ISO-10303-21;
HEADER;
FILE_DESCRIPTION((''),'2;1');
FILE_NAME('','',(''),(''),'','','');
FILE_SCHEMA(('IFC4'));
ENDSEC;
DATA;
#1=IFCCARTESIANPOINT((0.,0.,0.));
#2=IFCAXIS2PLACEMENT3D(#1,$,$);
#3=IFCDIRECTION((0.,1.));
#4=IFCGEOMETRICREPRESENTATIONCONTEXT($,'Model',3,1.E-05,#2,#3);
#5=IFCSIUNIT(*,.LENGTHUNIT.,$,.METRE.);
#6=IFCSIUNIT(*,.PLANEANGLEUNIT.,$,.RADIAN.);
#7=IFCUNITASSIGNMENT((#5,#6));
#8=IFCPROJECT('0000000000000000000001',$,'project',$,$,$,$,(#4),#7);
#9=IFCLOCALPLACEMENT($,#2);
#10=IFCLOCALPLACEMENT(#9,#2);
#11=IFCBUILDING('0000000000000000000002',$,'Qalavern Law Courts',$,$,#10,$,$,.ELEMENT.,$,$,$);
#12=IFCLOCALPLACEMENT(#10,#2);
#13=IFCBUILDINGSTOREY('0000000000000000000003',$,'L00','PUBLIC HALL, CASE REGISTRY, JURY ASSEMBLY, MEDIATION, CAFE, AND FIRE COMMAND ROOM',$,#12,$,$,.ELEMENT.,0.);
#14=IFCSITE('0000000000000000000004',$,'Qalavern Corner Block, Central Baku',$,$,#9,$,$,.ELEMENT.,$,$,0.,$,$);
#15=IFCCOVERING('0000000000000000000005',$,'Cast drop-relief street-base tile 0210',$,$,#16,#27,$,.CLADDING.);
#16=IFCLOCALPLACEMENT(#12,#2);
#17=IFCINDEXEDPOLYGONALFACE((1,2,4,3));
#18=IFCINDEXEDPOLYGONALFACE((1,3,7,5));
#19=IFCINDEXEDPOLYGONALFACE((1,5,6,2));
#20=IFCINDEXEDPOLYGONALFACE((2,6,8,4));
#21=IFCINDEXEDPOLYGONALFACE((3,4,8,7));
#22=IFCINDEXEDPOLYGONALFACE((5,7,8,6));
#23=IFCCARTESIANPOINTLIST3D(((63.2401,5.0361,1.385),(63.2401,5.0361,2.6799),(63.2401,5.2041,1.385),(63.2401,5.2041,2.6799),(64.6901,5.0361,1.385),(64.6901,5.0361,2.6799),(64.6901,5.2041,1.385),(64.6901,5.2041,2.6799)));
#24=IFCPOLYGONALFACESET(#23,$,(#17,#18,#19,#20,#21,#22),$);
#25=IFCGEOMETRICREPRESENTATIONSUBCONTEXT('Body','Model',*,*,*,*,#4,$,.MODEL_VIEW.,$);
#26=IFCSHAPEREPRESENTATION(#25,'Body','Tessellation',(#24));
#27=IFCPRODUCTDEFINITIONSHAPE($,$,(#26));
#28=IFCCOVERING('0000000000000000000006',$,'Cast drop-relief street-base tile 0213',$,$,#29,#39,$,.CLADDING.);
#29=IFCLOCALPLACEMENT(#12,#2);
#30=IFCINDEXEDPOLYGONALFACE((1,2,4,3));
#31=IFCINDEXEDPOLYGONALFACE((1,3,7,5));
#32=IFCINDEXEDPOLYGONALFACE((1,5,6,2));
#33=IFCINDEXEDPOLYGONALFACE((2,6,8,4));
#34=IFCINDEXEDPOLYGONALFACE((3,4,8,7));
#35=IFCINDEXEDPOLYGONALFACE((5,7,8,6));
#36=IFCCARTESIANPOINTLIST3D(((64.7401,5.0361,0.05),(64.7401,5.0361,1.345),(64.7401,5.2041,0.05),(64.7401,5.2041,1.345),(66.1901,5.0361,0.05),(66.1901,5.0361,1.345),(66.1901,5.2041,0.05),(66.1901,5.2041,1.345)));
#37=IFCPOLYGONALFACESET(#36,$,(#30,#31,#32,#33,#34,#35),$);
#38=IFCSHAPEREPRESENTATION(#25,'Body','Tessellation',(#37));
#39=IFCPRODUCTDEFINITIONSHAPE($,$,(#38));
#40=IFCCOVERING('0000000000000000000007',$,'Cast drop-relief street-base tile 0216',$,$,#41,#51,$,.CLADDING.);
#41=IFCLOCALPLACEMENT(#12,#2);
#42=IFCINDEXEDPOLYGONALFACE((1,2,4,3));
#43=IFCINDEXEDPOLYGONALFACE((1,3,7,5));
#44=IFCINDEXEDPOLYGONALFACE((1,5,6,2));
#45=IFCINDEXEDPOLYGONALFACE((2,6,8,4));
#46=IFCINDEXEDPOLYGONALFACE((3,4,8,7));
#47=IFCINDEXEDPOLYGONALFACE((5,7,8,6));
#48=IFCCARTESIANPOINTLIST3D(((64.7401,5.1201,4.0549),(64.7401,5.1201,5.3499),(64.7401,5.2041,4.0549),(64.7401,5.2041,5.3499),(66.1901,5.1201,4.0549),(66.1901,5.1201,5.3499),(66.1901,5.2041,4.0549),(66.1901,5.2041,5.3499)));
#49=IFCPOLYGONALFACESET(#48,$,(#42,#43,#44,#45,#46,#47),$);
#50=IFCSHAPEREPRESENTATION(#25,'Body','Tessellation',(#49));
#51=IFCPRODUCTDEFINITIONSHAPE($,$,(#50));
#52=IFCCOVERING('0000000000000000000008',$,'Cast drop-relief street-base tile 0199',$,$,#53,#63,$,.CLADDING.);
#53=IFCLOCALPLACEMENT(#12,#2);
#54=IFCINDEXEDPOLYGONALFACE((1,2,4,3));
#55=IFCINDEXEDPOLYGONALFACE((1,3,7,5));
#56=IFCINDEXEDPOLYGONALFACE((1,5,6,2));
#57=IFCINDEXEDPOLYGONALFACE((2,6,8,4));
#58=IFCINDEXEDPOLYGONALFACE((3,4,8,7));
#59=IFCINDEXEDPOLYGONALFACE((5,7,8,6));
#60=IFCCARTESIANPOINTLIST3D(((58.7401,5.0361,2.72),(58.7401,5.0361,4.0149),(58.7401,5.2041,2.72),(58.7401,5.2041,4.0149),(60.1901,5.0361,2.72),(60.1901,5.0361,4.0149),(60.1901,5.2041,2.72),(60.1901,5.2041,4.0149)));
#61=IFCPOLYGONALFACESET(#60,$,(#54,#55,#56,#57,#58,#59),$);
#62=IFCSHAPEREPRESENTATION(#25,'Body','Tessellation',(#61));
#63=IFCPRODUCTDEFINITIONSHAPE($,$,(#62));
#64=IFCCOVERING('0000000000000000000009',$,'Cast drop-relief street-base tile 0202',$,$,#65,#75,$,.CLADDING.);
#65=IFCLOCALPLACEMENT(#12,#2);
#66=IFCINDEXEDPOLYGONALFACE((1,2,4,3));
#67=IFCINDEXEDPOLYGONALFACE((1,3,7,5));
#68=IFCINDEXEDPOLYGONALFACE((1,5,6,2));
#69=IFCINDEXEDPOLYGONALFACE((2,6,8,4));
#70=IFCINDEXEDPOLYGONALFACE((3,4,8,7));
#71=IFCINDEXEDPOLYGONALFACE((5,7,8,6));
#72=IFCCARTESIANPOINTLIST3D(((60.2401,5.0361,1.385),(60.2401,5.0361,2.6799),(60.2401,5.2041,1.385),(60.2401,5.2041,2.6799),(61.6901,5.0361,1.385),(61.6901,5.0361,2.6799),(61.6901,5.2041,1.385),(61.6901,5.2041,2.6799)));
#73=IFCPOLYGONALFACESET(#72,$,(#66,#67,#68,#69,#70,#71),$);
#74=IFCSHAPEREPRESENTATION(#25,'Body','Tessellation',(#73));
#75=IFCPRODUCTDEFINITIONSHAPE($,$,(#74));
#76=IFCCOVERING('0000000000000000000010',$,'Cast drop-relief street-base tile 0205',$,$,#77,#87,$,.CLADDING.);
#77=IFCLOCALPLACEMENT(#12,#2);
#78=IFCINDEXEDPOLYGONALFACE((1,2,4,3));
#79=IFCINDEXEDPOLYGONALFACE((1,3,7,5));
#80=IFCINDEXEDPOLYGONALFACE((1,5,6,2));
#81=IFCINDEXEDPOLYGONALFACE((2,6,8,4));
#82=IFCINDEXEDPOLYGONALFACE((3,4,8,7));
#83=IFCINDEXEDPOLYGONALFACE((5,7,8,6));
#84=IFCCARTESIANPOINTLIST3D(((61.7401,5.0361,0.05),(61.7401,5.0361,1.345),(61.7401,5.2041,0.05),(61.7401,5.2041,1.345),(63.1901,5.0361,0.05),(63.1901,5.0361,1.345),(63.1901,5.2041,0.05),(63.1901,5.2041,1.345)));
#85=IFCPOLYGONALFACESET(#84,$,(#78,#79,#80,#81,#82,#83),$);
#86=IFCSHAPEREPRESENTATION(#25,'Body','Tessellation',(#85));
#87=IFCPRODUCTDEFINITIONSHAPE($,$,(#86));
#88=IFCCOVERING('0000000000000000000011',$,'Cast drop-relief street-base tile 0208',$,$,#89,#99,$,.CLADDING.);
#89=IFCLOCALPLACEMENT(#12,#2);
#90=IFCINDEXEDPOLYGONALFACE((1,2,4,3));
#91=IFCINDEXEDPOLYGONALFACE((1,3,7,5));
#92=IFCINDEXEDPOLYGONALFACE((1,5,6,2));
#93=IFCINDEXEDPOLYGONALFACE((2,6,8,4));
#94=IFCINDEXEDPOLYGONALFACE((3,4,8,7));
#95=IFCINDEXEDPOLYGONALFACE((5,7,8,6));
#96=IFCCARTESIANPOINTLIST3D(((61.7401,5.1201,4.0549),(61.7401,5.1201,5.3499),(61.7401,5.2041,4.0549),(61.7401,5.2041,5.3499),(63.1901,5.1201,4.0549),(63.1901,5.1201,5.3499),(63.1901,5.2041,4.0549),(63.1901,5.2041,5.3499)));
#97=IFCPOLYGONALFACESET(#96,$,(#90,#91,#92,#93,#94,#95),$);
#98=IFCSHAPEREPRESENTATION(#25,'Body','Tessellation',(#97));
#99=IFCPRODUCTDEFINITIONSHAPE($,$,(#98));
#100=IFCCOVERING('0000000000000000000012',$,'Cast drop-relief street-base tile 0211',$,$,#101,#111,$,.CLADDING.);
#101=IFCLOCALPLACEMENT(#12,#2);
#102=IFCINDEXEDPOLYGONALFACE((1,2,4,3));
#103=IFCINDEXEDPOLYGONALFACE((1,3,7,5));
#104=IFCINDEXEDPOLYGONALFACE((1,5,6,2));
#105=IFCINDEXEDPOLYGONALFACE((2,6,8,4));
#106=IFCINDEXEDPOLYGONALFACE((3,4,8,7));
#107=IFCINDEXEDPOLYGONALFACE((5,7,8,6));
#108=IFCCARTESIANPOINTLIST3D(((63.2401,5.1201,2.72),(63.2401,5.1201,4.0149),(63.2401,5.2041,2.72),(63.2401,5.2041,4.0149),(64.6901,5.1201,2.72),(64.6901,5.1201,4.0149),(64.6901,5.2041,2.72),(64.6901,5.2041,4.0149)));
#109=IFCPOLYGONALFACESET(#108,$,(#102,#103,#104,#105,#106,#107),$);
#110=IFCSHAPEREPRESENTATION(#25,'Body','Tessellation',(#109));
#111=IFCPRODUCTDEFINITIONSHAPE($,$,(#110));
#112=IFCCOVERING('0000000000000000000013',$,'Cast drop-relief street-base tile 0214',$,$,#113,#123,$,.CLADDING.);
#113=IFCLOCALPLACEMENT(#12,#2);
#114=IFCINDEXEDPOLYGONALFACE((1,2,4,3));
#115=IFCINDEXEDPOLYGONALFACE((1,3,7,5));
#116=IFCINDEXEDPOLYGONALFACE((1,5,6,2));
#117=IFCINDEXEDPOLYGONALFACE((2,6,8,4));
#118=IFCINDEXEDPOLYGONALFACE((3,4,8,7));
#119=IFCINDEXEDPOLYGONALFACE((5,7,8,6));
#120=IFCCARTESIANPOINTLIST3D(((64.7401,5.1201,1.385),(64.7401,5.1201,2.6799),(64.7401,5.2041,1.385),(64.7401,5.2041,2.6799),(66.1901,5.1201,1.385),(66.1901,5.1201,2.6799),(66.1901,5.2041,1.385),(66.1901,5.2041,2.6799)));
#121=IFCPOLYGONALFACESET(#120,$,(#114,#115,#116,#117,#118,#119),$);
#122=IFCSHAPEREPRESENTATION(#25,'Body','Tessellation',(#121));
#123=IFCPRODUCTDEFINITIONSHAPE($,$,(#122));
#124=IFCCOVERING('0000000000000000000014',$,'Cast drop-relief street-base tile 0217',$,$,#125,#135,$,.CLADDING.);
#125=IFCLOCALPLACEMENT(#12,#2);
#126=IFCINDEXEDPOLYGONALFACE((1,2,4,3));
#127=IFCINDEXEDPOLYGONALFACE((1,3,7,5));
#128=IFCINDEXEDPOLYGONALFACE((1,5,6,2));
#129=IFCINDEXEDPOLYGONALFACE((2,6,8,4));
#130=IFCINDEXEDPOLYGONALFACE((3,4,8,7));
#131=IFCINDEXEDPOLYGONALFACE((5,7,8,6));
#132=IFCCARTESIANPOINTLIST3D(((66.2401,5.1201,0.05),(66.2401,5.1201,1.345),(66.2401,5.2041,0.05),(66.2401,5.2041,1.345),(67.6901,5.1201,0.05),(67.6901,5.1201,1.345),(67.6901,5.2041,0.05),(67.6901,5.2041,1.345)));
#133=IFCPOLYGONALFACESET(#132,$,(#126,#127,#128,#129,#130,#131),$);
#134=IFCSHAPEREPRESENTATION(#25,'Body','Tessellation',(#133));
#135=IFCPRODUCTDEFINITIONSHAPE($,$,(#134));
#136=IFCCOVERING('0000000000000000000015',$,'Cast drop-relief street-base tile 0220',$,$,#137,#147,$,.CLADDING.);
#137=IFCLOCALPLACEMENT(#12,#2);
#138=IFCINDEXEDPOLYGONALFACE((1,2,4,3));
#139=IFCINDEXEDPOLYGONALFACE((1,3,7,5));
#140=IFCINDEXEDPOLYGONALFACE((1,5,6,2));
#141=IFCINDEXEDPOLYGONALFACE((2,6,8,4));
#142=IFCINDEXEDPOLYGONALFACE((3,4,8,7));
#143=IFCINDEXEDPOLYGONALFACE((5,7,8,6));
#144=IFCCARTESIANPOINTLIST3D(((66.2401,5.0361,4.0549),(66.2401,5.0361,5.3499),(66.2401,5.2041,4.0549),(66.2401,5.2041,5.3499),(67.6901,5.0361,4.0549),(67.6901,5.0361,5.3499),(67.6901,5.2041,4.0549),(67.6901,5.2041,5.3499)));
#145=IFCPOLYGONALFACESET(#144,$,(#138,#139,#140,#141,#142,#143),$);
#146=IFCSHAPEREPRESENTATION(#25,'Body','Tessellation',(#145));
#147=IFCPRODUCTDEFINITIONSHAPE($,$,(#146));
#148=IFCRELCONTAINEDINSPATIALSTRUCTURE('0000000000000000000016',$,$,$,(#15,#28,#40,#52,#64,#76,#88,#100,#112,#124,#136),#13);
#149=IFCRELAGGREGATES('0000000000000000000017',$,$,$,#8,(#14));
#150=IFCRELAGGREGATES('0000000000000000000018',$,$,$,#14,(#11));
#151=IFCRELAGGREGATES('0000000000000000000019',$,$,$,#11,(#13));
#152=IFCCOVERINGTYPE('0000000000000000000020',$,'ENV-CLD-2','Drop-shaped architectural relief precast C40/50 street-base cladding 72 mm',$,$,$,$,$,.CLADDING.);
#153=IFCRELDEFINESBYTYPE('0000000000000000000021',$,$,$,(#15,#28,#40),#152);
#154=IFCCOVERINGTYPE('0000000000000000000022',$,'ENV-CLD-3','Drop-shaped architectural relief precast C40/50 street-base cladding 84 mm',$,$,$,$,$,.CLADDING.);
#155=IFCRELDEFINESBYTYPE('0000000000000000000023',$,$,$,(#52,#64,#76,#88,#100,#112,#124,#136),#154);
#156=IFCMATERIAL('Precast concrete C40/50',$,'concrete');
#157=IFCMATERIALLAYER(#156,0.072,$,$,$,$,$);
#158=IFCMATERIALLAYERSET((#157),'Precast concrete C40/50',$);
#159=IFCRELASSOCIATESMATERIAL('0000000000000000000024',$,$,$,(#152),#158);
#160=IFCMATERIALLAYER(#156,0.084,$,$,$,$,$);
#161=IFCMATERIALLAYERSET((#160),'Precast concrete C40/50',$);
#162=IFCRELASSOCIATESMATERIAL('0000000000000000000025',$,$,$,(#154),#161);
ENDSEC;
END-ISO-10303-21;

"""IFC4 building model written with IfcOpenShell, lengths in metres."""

from ifc_helpers import new_model, si_unit, direction, frame, origin, origin_2d, place, context, subcontext, project, spatial, rectangle, extrude, material, layer, layer_set, type_object, element, save


model = new_model("IFC4")

# Units and contexts
model_context = context("Model", 3, precision=1e-05, world=origin(), true_north=direction((0.0, 1.0)))
body_context = subcontext(model_context, "Body", "Model", "MODEL_VIEW")
ifc_project = project(units=[si_unit("LENGTHUNIT", "METRE"), si_unit("PLANEANGLEUNIT", "RADIAN")], contexts=[model_context])

# Site, building, storey
site_placement = place(None, origin())
site = spatial("IfcSite", under=ifc_project, at=site_placement, Name="Qalavern Corner Block, Central Baku", CompositionType="ELEMENT", RefElevation=0.0)
building_placement = place(site_placement, origin())
building = spatial("IfcBuilding", under=site, at=building_placement, Name="Qalavern Law Courts", CompositionType="ELEMENT")
storey_placement = place(building_placement, origin())
storey = spatial("IfcBuildingStorey", under=building, at=storey_placement, Name="L00", Description="PUBLIC HALL, CASE REGISTRY, JURY ASSEMBLY, MEDIATION, CAFE, AND FIRE COMMAND ROOM", CompositionType="ELEMENT", Elevation=0.0)

# Coverings
ifc_material_1 = material(Name="Precast concrete C40/50", Category="concrete")
ifc_layer_1 = layer(ifc_material_1, 0.072)
ifc_layer_set_1 = layer_set([ifc_layer_1], Name="Precast concrete C40/50")
covering_type_1 = type_object("IfcCoveringType", Name="ENV-CLD-2", Description="Drop-shaped architectural relief precast C40/50 street-base cladding 72 mm", PredefinedType="CLADDING", material=ifc_layer_set_1)
for number, where, z_axis, x_axis, name in (
    (1, (63.9651, 5.1201, 1.385), (0.0, 0.0, 1.0), (1.0, 0.0, 0.0), "Cast drop-relief street-base tile 0210"),
    (2, (65.4651, 5.1201, 0.05), (0.0, 0.0, 1.0), (1.0, 0.0, 0.0), "Cast drop-relief street-base tile 0213"),
):
    element("IfcCovering", number, at=place(storey_placement, frame(where, z_axis=z_axis, x_axis=x_axis)), inside=storey, type_object=covering_type_1, Name=name, PredefinedType="CLADDING", context=body_context, shape_type="SweptSolid", body=[
        extrude(rectangle(XDim=1.45, YDim=0.168, at=origin_2d()), origin(), (0.0, 0.0, 1.0), 1.2949),
    ])
covering_1_placement = place(storey_placement, frame((65.4651, 5.1621, 4.0549), z_axis=(0.0, 0.0, 1.0), x_axis=(1.0, 0.0, 0.0)))
element("IfcCovering", 3, at=covering_1_placement, inside=storey, type_object=covering_type_1, Name="Cast drop-relief street-base tile 0216", PredefinedType="CLADDING", context=body_context, shape_type="SweptSolid", body=[
    extrude(rectangle(XDim=1.45, YDim=0.084, at=origin_2d()), origin(), (0.0, 0.0, 1.0), 1.2949),
])
ifc_layer_2 = layer(ifc_material_1, 0.084)
ifc_layer_set_2 = layer_set([ifc_layer_2], Name="Precast concrete C40/50")
covering_type_2 = type_object("IfcCoveringType", Name="ENV-CLD-3", Description="Drop-shaped architectural relief precast C40/50 street-base cladding 84 mm", PredefinedType="CLADDING", material=ifc_layer_set_2)
for number, where, z_axis, x_axis, name in (
    (4, (59.4651, 5.1201, 2.72), (0.0, 0.0, 1.0), (1.0, 0.0, 0.0), "Cast drop-relief street-base tile 0199"),
    (5, (60.9651, 5.1201, 1.385), (0.0, 0.0, 1.0), (1.0, 0.0, 0.0), "Cast drop-relief street-base tile 0202"),
    (6, (62.4651, 5.1201, 0.05), (0.0, 0.0, 1.0), (1.0, 0.0, 0.0), "Cast drop-relief street-base tile 0205"),
):
    element("IfcCovering", number, at=place(storey_placement, frame(where, z_axis=z_axis, x_axis=x_axis)), inside=storey, type_object=covering_type_2, Name=name, PredefinedType="CLADDING", context=body_context, shape_type="SweptSolid", body=[
        extrude(rectangle(XDim=1.45, YDim=0.168, at=origin_2d()), origin(), (0.0, 0.0, 1.0), 1.2949),
    ])
for number, where, z_axis, x_axis, name in (
    (7, (62.4651, 5.1621, 4.0549), (0.0, 0.0, 1.0), (1.0, 0.0, 0.0), "Cast drop-relief street-base tile 0208"),
    (8, (63.9651, 5.1621, 2.72), (0.0, 0.0, 1.0), (1.0, 0.0, 0.0), "Cast drop-relief street-base tile 0211"),
    (9, (65.4651, 5.1621, 1.385), (0.0, 0.0, 1.0), (1.0, 0.0, 0.0), "Cast drop-relief street-base tile 0214"),
    (10, (66.9651, 5.1621, 0.05), (0.0, 0.0, 1.0), (1.0, 0.0, 0.0), "Cast drop-relief street-base tile 0217"),
):
    element("IfcCovering", number, at=place(storey_placement, frame(where, z_axis=z_axis, x_axis=x_axis)), inside=storey, type_object=covering_type_2, Name=name, PredefinedType="CLADDING", context=body_context, shape_type="SweptSolid", body=[
        extrude(rectangle(XDim=1.45, YDim=0.084, at=origin_2d()), origin(), (0.0, 0.0, 1.0), 1.2949),
    ])
covering_2_placement = place(storey_placement, frame((66.9651, 5.1201, 4.0549), z_axis=(0.0, 0.0, 1.0), x_axis=(1.0, 0.0, 0.0)))
element("IfcCovering", 11, at=covering_2_placement, inside=storey, type_object=covering_type_2, Name="Cast drop-relief street-base tile 0220", PredefinedType="CLADDING", context=body_context, shape_type="SweptSolid", body=[
    extrude(rectangle(XDim=1.45, YDim=0.168, at=origin_2d()), origin(), (0.0, 0.0, 1.0), 1.2949),
])

save(model, "model.ifc")
